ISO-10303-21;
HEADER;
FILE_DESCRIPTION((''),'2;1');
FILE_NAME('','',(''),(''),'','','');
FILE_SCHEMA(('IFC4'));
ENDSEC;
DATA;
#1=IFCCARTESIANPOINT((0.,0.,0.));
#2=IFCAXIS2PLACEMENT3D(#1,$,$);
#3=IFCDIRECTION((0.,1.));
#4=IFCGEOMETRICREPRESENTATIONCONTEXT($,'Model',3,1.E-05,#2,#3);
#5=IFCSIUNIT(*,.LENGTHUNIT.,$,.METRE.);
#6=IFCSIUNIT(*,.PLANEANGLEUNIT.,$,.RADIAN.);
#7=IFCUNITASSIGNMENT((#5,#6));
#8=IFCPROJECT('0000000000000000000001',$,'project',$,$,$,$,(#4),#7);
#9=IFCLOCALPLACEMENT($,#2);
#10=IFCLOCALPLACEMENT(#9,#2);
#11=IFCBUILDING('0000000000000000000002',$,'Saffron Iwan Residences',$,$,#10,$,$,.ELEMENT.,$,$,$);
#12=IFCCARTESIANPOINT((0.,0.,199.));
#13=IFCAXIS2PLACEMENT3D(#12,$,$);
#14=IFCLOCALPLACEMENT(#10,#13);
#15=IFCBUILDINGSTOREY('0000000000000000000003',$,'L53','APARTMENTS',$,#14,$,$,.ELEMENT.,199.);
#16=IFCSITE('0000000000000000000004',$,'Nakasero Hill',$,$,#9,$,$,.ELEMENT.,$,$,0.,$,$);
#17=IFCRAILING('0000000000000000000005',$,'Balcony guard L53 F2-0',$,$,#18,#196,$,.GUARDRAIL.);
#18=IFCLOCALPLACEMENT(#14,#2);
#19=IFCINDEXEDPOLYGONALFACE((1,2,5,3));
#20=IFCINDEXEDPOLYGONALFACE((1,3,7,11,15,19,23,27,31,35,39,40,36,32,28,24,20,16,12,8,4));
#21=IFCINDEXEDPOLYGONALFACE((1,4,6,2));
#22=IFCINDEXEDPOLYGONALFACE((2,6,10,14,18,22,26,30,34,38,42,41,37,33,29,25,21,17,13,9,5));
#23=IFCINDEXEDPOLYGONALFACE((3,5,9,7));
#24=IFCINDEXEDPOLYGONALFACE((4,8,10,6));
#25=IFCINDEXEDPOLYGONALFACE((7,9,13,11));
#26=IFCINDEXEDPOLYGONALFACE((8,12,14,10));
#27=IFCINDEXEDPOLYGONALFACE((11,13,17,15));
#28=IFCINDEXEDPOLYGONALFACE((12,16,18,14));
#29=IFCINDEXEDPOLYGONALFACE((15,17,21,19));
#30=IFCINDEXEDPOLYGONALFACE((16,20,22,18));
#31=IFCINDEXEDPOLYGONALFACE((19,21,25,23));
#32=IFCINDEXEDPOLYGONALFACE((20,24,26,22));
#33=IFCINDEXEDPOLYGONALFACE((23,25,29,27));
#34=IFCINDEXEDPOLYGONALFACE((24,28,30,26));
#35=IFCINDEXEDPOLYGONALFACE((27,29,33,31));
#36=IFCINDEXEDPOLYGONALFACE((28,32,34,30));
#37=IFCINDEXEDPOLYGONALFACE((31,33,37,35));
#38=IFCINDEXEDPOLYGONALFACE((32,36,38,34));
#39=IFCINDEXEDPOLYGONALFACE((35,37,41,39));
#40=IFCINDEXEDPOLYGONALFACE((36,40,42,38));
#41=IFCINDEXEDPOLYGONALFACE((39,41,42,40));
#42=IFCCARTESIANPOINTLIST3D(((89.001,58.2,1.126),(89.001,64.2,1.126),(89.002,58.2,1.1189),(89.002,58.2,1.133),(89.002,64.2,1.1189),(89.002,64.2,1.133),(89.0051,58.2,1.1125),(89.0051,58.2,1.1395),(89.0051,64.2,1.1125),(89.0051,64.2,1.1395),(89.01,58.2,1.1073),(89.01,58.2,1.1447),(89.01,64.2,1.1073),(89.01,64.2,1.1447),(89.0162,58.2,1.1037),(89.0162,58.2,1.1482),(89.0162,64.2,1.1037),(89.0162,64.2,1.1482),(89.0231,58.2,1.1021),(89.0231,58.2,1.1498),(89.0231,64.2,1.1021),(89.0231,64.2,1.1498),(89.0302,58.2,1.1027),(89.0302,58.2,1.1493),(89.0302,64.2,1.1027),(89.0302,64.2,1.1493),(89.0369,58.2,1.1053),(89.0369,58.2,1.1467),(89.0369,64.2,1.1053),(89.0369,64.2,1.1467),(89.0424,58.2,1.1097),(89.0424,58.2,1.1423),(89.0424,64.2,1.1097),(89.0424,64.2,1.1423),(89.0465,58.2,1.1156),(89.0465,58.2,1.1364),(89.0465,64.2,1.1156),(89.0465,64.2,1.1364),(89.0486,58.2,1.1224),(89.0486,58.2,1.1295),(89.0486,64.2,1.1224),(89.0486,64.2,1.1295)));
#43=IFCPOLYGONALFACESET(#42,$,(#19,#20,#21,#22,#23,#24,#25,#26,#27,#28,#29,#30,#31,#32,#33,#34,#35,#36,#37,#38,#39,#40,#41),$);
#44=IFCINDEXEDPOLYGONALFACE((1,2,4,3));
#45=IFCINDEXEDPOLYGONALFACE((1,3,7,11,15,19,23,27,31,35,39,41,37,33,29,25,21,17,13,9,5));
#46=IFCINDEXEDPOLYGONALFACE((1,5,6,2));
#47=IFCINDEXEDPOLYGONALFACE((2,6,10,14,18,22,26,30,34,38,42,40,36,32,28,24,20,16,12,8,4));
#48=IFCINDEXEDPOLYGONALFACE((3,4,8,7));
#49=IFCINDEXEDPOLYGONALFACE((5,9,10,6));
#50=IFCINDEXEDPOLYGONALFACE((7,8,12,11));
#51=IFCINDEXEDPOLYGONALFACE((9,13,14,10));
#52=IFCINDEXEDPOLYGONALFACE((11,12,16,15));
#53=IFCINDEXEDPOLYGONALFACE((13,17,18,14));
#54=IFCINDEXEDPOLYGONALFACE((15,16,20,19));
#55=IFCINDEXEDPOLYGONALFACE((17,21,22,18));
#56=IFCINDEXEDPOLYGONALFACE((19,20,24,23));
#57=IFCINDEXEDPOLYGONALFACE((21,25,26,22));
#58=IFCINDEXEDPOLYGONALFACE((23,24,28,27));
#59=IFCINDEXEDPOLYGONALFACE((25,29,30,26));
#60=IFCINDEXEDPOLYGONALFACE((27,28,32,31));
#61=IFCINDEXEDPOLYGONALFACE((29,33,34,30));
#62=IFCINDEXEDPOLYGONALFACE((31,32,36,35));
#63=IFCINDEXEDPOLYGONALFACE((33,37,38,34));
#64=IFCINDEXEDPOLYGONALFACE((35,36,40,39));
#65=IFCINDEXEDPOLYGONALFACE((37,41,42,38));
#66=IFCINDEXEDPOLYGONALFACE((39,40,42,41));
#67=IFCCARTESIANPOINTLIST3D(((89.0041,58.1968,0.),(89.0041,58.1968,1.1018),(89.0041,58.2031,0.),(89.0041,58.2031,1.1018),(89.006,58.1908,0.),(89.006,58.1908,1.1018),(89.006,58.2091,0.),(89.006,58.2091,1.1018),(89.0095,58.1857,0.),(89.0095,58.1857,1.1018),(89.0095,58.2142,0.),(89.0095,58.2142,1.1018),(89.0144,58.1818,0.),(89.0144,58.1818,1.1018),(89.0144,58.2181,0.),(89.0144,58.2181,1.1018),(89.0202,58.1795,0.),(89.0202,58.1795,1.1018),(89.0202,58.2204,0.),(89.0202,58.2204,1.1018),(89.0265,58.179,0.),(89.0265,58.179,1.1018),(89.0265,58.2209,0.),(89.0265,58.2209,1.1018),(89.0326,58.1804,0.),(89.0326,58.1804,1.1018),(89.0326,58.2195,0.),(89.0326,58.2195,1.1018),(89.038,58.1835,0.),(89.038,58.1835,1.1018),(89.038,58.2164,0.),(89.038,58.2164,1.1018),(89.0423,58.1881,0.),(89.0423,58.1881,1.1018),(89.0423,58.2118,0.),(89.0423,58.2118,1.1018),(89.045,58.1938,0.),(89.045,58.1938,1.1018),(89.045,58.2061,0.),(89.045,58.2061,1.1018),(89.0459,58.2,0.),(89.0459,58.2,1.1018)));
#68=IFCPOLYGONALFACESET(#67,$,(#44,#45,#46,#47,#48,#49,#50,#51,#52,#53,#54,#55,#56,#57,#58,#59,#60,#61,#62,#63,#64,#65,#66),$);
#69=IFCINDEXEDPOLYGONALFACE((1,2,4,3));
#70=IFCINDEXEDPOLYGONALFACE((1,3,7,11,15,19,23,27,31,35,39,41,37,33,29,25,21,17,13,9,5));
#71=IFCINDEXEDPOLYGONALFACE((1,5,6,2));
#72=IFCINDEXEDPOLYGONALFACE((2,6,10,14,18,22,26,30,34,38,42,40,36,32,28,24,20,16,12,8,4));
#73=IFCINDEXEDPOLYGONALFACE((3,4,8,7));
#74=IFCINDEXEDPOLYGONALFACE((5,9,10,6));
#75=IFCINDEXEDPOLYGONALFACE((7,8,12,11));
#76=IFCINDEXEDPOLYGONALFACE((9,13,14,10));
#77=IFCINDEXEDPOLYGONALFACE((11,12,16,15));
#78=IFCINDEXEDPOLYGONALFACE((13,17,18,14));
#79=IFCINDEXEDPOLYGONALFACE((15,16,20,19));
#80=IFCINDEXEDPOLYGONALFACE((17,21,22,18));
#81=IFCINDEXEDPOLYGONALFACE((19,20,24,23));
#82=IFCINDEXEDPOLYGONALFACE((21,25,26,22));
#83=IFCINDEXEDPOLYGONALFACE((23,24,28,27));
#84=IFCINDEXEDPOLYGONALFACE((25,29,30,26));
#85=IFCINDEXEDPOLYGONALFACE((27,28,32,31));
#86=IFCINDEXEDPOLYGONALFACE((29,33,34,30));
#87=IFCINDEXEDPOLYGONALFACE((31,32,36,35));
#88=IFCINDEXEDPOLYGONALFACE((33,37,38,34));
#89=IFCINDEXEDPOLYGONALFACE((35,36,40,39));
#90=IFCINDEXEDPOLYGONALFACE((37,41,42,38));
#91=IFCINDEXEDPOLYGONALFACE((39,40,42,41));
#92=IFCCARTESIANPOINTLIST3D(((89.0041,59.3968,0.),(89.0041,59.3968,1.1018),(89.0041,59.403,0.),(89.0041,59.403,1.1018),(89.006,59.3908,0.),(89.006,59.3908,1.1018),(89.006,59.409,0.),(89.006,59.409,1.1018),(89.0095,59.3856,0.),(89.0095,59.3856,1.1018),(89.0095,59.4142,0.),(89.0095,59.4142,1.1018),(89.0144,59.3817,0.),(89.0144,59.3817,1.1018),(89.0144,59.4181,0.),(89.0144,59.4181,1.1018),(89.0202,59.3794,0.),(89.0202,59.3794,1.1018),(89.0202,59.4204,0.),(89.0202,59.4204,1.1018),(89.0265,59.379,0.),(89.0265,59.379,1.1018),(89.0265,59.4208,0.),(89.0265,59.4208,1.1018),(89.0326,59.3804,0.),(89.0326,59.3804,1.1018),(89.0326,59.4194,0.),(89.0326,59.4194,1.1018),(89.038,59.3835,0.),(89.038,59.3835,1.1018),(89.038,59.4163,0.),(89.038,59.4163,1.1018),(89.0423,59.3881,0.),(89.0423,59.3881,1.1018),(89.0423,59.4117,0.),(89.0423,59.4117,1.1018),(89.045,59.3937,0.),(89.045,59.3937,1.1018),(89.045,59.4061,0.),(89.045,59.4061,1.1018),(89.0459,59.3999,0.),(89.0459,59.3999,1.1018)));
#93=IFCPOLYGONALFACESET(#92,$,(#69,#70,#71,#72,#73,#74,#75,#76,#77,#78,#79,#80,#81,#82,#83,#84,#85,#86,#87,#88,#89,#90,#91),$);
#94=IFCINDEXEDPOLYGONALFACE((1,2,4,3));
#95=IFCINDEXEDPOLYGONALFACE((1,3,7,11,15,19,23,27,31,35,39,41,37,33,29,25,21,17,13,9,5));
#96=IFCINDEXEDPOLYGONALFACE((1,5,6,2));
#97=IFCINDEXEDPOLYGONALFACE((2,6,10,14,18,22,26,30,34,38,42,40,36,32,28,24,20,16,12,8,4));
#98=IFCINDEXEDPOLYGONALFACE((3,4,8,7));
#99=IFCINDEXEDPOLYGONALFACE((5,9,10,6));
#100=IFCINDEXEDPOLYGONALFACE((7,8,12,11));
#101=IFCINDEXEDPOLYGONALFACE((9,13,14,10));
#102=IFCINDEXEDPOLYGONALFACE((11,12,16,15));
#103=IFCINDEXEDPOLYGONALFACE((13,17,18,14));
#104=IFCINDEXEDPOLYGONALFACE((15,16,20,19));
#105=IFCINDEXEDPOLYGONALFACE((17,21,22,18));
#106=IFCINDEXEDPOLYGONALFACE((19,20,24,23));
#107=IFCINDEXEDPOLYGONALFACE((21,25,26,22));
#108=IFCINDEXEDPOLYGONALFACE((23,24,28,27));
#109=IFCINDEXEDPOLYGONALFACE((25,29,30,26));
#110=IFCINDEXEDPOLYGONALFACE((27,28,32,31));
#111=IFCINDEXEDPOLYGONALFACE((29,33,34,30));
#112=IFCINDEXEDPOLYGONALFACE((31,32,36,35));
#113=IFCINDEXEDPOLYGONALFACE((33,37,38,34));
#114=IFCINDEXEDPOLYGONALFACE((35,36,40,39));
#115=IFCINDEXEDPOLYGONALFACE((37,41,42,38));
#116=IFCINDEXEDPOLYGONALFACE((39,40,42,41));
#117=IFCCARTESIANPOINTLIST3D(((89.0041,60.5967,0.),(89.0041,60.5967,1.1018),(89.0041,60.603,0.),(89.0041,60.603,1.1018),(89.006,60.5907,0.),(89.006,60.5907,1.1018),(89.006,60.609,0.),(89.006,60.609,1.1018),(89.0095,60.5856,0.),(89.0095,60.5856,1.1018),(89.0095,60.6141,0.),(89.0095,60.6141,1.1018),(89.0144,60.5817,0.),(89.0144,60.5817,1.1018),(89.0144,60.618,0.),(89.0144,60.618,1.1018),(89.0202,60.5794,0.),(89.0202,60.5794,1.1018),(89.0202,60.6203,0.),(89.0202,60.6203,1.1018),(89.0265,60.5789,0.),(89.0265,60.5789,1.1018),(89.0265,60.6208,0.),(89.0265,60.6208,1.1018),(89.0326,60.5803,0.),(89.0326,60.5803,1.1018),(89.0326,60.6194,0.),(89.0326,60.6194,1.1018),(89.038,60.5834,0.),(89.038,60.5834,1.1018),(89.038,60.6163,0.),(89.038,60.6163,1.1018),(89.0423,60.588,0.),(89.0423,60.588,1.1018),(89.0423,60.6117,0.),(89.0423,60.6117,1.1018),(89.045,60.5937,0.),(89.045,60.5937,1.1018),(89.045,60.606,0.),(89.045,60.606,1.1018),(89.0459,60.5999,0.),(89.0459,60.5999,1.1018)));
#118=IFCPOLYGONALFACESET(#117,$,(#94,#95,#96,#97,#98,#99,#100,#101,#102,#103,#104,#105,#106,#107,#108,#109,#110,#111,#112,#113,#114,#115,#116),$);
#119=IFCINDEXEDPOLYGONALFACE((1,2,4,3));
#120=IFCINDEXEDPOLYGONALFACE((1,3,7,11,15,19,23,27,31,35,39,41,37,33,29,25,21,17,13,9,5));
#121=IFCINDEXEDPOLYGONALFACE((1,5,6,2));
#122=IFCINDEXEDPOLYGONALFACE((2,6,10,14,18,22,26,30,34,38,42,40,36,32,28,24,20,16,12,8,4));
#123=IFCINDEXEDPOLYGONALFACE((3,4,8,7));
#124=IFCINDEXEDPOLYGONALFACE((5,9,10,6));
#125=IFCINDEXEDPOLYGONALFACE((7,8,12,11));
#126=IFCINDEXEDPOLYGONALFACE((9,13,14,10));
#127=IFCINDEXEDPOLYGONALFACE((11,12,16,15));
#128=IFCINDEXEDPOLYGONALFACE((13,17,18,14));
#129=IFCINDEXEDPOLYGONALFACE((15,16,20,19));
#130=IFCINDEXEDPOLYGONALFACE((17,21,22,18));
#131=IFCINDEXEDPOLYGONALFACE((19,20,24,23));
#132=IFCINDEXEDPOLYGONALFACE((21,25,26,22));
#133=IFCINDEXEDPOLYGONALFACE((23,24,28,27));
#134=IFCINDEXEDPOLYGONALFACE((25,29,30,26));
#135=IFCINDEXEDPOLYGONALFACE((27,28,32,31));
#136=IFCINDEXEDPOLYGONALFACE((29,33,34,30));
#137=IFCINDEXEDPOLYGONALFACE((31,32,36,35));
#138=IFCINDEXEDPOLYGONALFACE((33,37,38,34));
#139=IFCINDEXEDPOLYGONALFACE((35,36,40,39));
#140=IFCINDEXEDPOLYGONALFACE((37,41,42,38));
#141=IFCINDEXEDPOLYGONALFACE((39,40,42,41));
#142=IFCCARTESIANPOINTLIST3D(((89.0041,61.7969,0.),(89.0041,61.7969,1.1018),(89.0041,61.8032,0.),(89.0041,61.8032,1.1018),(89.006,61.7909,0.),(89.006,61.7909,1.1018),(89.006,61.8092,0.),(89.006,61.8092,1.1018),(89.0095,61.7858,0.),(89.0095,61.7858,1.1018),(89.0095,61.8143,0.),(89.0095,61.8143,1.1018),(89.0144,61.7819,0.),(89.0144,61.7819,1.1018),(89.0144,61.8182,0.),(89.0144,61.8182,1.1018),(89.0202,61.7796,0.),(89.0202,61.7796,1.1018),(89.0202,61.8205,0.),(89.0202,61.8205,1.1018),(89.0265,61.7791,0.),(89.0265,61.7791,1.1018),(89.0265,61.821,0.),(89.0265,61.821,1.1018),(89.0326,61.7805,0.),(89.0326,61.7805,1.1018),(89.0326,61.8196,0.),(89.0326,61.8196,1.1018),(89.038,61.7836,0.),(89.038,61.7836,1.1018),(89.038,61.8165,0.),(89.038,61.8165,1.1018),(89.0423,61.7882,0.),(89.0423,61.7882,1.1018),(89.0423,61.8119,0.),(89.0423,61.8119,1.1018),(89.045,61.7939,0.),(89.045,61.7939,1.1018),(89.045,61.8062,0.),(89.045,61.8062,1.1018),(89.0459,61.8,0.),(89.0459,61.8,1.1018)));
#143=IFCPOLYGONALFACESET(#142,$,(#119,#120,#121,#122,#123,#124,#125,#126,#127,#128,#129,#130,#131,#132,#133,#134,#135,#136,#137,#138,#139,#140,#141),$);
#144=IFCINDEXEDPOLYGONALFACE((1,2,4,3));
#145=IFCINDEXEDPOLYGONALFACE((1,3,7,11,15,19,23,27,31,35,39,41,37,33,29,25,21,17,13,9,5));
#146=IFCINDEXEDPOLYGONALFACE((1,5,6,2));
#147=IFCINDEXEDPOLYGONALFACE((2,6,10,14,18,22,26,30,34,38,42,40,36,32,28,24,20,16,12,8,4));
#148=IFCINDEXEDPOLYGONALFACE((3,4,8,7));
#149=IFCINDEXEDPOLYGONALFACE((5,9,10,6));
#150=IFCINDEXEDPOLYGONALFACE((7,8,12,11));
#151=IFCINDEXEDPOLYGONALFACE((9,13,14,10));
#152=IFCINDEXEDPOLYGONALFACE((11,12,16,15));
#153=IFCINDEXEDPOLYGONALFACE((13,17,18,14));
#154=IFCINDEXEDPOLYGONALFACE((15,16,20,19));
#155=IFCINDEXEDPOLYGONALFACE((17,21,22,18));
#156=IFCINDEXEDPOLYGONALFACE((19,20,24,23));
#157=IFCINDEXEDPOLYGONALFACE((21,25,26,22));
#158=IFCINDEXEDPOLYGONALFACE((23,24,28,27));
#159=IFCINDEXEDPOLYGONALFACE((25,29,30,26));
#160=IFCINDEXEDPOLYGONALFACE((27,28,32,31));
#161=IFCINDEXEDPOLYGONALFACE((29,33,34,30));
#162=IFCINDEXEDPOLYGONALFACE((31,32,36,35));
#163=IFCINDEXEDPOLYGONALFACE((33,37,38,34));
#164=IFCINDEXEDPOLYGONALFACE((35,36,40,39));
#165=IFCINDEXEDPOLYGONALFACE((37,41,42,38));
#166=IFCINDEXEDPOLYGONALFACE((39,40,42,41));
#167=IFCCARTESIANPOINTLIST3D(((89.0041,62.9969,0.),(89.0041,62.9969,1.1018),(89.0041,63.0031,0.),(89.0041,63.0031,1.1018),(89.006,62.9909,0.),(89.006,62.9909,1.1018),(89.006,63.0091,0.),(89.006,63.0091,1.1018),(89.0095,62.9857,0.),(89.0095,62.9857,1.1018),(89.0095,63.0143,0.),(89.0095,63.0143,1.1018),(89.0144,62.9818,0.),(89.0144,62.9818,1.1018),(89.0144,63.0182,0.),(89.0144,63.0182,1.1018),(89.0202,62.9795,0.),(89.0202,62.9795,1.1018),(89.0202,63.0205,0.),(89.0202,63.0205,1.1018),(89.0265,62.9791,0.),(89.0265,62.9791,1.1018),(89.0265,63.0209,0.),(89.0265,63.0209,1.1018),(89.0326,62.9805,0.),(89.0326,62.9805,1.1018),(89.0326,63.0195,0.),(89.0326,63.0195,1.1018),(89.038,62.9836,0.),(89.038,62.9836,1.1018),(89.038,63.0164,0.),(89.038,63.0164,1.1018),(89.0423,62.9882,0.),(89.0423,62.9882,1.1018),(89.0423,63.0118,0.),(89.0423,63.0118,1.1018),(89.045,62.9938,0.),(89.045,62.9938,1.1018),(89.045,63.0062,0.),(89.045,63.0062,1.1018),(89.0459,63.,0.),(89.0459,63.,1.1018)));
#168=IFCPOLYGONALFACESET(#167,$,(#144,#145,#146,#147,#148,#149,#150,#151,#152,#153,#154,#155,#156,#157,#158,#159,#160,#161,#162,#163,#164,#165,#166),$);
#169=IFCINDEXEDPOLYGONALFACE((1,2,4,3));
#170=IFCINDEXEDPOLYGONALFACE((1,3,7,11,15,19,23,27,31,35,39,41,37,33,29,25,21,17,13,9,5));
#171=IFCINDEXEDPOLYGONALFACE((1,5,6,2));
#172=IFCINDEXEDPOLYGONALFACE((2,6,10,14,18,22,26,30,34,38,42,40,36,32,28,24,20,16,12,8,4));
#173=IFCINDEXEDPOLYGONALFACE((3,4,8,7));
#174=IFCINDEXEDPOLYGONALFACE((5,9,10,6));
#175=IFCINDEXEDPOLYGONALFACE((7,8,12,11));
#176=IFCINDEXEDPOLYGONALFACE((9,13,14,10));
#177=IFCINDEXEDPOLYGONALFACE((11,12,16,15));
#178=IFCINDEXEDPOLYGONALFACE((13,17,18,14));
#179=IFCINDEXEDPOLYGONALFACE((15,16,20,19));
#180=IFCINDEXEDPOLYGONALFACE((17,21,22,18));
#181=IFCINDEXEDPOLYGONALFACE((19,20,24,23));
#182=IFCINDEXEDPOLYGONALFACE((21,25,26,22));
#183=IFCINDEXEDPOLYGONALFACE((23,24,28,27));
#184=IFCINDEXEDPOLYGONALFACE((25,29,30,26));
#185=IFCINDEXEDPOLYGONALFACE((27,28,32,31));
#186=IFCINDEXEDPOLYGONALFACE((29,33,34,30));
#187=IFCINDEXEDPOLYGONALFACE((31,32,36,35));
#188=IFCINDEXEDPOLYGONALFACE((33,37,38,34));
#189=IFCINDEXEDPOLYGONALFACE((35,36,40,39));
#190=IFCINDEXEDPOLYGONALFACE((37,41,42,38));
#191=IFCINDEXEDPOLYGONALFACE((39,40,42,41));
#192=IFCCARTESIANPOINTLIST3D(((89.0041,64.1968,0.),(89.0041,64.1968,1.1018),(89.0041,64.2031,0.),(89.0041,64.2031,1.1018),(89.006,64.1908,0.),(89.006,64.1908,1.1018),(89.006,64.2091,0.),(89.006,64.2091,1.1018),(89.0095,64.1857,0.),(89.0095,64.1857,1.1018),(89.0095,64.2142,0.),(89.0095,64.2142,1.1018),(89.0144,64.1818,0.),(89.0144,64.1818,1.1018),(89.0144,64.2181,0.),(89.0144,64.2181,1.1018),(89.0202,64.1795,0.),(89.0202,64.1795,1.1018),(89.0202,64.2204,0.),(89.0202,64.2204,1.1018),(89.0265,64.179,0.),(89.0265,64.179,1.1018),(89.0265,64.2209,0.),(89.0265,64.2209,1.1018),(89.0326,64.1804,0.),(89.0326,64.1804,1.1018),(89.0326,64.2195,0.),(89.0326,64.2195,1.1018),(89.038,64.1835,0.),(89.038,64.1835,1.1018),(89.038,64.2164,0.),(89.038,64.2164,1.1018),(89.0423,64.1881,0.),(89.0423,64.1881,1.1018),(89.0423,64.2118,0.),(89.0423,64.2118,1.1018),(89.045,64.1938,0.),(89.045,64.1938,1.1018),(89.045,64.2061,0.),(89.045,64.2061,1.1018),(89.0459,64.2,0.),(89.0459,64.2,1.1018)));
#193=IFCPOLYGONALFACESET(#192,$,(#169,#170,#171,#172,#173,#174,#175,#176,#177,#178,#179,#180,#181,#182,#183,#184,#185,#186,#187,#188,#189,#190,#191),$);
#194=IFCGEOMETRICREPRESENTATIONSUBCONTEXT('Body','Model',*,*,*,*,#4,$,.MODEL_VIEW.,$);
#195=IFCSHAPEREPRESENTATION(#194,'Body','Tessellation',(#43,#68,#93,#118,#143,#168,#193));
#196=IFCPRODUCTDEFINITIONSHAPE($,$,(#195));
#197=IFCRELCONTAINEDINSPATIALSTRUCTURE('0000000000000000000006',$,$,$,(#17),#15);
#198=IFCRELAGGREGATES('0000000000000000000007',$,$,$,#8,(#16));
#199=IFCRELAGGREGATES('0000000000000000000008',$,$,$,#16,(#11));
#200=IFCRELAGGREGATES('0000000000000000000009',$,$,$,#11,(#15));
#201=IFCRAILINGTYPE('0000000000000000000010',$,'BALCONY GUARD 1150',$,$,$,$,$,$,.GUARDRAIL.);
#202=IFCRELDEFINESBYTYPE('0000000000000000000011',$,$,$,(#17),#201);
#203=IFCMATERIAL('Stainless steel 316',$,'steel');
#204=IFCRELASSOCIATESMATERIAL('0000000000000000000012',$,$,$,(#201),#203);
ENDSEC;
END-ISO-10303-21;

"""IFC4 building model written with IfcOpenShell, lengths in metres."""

from ifc_helpers import new_model, si_unit, direction, frame, origin, origin_2d, place, context, subcontext, project, spatial, circle, extrude, material, type_object, element, save


model = new_model("IFC4")

# Units and contexts
model_context = context("Model", 3, precision=1e-05, world=origin(), true_north=direction((0.0, 1.0)))
body_context = subcontext(model_context, "Body", "Model", "MODEL_VIEW")
ifc_project = project(units=[si_unit("LENGTHUNIT", "METRE"), si_unit("PLANEANGLEUNIT", "RADIAN")], contexts=[model_context])

# Site, building, storey
site_placement = place(None, origin())
site = spatial("IfcSite", under=ifc_project, at=site_placement, Name="Nakasero Hill", CompositionType="ELEMENT", RefElevation=0.0)
building_placement = place(site_placement, origin())
building = spatial("IfcBuilding", under=site, at=building_placement, Name="Saffron Iwan Residences", CompositionType="ELEMENT")
storey_placement = place(building_placement, frame((0.0, 0.0, 199.0)))
storey = spatial("IfcBuildingStorey", under=building, at=storey_placement, Name="L53", Description="APARTMENTS", CompositionType="ELEMENT", Elevation=199.0)

# Railing
ifc_material_1 = material(Name="Stainless steel 316", Category="steel")
railing_type = type_object("IfcRailingType", Name="BALCONY GUARD 1150", PredefinedType="GUARDRAIL", material=ifc_material_1)
railing_placement = place(storey_placement, frame((89.0249, 58.2, 0.0)))
element("IfcRailing", 1, at=railing_placement, inside=storey, type_object=railing_type, Name="Balcony guard L53 F2-0", PredefinedType="GUARDRAIL", context=body_context, shape_type="SweptSolid", body=[
    extrude(circle(Radius=0.0239, at=origin_2d()), frame((0.0, 0.0, 1.126), z_axis=(0.0, 1.0, 0.0), x_axis=(-1.0, 0.0, 0.0)), (0.0, 0.0, 1.0), 6.0),
    extrude(circle(Radius=0.021, at=origin_2d()), origin(), (0.0, 0.0, 1.0), 1.1018),
    extrude(circle(Radius=0.021, at=origin_2d()), frame((0.0, 1.2, 0.0)), (0.0, 0.0, 1.0), 1.1018),
    extrude(circle(Radius=0.021, at=origin_2d()), frame((0.0, 2.3999, 0.0)), (0.0, 0.0, 1.0), 1.1018),
    extrude(circle(Radius=0.021, at=origin_2d()), frame((0.0, 3.6001, 0.0)), (0.0, 0.0, 1.0), 1.1018),
    extrude(circle(Radius=0.021, at=origin_2d()), frame((0.0, 4.8, 0.0)), (0.0, 0.0, 1.0), 1.1018),
    extrude(circle(Radius=0.021, at=origin_2d()), frame((0.0, 6.0, 0.0)), (0.0, 0.0, 1.0), 1.1018),
])

save(model, "model.ifc")
